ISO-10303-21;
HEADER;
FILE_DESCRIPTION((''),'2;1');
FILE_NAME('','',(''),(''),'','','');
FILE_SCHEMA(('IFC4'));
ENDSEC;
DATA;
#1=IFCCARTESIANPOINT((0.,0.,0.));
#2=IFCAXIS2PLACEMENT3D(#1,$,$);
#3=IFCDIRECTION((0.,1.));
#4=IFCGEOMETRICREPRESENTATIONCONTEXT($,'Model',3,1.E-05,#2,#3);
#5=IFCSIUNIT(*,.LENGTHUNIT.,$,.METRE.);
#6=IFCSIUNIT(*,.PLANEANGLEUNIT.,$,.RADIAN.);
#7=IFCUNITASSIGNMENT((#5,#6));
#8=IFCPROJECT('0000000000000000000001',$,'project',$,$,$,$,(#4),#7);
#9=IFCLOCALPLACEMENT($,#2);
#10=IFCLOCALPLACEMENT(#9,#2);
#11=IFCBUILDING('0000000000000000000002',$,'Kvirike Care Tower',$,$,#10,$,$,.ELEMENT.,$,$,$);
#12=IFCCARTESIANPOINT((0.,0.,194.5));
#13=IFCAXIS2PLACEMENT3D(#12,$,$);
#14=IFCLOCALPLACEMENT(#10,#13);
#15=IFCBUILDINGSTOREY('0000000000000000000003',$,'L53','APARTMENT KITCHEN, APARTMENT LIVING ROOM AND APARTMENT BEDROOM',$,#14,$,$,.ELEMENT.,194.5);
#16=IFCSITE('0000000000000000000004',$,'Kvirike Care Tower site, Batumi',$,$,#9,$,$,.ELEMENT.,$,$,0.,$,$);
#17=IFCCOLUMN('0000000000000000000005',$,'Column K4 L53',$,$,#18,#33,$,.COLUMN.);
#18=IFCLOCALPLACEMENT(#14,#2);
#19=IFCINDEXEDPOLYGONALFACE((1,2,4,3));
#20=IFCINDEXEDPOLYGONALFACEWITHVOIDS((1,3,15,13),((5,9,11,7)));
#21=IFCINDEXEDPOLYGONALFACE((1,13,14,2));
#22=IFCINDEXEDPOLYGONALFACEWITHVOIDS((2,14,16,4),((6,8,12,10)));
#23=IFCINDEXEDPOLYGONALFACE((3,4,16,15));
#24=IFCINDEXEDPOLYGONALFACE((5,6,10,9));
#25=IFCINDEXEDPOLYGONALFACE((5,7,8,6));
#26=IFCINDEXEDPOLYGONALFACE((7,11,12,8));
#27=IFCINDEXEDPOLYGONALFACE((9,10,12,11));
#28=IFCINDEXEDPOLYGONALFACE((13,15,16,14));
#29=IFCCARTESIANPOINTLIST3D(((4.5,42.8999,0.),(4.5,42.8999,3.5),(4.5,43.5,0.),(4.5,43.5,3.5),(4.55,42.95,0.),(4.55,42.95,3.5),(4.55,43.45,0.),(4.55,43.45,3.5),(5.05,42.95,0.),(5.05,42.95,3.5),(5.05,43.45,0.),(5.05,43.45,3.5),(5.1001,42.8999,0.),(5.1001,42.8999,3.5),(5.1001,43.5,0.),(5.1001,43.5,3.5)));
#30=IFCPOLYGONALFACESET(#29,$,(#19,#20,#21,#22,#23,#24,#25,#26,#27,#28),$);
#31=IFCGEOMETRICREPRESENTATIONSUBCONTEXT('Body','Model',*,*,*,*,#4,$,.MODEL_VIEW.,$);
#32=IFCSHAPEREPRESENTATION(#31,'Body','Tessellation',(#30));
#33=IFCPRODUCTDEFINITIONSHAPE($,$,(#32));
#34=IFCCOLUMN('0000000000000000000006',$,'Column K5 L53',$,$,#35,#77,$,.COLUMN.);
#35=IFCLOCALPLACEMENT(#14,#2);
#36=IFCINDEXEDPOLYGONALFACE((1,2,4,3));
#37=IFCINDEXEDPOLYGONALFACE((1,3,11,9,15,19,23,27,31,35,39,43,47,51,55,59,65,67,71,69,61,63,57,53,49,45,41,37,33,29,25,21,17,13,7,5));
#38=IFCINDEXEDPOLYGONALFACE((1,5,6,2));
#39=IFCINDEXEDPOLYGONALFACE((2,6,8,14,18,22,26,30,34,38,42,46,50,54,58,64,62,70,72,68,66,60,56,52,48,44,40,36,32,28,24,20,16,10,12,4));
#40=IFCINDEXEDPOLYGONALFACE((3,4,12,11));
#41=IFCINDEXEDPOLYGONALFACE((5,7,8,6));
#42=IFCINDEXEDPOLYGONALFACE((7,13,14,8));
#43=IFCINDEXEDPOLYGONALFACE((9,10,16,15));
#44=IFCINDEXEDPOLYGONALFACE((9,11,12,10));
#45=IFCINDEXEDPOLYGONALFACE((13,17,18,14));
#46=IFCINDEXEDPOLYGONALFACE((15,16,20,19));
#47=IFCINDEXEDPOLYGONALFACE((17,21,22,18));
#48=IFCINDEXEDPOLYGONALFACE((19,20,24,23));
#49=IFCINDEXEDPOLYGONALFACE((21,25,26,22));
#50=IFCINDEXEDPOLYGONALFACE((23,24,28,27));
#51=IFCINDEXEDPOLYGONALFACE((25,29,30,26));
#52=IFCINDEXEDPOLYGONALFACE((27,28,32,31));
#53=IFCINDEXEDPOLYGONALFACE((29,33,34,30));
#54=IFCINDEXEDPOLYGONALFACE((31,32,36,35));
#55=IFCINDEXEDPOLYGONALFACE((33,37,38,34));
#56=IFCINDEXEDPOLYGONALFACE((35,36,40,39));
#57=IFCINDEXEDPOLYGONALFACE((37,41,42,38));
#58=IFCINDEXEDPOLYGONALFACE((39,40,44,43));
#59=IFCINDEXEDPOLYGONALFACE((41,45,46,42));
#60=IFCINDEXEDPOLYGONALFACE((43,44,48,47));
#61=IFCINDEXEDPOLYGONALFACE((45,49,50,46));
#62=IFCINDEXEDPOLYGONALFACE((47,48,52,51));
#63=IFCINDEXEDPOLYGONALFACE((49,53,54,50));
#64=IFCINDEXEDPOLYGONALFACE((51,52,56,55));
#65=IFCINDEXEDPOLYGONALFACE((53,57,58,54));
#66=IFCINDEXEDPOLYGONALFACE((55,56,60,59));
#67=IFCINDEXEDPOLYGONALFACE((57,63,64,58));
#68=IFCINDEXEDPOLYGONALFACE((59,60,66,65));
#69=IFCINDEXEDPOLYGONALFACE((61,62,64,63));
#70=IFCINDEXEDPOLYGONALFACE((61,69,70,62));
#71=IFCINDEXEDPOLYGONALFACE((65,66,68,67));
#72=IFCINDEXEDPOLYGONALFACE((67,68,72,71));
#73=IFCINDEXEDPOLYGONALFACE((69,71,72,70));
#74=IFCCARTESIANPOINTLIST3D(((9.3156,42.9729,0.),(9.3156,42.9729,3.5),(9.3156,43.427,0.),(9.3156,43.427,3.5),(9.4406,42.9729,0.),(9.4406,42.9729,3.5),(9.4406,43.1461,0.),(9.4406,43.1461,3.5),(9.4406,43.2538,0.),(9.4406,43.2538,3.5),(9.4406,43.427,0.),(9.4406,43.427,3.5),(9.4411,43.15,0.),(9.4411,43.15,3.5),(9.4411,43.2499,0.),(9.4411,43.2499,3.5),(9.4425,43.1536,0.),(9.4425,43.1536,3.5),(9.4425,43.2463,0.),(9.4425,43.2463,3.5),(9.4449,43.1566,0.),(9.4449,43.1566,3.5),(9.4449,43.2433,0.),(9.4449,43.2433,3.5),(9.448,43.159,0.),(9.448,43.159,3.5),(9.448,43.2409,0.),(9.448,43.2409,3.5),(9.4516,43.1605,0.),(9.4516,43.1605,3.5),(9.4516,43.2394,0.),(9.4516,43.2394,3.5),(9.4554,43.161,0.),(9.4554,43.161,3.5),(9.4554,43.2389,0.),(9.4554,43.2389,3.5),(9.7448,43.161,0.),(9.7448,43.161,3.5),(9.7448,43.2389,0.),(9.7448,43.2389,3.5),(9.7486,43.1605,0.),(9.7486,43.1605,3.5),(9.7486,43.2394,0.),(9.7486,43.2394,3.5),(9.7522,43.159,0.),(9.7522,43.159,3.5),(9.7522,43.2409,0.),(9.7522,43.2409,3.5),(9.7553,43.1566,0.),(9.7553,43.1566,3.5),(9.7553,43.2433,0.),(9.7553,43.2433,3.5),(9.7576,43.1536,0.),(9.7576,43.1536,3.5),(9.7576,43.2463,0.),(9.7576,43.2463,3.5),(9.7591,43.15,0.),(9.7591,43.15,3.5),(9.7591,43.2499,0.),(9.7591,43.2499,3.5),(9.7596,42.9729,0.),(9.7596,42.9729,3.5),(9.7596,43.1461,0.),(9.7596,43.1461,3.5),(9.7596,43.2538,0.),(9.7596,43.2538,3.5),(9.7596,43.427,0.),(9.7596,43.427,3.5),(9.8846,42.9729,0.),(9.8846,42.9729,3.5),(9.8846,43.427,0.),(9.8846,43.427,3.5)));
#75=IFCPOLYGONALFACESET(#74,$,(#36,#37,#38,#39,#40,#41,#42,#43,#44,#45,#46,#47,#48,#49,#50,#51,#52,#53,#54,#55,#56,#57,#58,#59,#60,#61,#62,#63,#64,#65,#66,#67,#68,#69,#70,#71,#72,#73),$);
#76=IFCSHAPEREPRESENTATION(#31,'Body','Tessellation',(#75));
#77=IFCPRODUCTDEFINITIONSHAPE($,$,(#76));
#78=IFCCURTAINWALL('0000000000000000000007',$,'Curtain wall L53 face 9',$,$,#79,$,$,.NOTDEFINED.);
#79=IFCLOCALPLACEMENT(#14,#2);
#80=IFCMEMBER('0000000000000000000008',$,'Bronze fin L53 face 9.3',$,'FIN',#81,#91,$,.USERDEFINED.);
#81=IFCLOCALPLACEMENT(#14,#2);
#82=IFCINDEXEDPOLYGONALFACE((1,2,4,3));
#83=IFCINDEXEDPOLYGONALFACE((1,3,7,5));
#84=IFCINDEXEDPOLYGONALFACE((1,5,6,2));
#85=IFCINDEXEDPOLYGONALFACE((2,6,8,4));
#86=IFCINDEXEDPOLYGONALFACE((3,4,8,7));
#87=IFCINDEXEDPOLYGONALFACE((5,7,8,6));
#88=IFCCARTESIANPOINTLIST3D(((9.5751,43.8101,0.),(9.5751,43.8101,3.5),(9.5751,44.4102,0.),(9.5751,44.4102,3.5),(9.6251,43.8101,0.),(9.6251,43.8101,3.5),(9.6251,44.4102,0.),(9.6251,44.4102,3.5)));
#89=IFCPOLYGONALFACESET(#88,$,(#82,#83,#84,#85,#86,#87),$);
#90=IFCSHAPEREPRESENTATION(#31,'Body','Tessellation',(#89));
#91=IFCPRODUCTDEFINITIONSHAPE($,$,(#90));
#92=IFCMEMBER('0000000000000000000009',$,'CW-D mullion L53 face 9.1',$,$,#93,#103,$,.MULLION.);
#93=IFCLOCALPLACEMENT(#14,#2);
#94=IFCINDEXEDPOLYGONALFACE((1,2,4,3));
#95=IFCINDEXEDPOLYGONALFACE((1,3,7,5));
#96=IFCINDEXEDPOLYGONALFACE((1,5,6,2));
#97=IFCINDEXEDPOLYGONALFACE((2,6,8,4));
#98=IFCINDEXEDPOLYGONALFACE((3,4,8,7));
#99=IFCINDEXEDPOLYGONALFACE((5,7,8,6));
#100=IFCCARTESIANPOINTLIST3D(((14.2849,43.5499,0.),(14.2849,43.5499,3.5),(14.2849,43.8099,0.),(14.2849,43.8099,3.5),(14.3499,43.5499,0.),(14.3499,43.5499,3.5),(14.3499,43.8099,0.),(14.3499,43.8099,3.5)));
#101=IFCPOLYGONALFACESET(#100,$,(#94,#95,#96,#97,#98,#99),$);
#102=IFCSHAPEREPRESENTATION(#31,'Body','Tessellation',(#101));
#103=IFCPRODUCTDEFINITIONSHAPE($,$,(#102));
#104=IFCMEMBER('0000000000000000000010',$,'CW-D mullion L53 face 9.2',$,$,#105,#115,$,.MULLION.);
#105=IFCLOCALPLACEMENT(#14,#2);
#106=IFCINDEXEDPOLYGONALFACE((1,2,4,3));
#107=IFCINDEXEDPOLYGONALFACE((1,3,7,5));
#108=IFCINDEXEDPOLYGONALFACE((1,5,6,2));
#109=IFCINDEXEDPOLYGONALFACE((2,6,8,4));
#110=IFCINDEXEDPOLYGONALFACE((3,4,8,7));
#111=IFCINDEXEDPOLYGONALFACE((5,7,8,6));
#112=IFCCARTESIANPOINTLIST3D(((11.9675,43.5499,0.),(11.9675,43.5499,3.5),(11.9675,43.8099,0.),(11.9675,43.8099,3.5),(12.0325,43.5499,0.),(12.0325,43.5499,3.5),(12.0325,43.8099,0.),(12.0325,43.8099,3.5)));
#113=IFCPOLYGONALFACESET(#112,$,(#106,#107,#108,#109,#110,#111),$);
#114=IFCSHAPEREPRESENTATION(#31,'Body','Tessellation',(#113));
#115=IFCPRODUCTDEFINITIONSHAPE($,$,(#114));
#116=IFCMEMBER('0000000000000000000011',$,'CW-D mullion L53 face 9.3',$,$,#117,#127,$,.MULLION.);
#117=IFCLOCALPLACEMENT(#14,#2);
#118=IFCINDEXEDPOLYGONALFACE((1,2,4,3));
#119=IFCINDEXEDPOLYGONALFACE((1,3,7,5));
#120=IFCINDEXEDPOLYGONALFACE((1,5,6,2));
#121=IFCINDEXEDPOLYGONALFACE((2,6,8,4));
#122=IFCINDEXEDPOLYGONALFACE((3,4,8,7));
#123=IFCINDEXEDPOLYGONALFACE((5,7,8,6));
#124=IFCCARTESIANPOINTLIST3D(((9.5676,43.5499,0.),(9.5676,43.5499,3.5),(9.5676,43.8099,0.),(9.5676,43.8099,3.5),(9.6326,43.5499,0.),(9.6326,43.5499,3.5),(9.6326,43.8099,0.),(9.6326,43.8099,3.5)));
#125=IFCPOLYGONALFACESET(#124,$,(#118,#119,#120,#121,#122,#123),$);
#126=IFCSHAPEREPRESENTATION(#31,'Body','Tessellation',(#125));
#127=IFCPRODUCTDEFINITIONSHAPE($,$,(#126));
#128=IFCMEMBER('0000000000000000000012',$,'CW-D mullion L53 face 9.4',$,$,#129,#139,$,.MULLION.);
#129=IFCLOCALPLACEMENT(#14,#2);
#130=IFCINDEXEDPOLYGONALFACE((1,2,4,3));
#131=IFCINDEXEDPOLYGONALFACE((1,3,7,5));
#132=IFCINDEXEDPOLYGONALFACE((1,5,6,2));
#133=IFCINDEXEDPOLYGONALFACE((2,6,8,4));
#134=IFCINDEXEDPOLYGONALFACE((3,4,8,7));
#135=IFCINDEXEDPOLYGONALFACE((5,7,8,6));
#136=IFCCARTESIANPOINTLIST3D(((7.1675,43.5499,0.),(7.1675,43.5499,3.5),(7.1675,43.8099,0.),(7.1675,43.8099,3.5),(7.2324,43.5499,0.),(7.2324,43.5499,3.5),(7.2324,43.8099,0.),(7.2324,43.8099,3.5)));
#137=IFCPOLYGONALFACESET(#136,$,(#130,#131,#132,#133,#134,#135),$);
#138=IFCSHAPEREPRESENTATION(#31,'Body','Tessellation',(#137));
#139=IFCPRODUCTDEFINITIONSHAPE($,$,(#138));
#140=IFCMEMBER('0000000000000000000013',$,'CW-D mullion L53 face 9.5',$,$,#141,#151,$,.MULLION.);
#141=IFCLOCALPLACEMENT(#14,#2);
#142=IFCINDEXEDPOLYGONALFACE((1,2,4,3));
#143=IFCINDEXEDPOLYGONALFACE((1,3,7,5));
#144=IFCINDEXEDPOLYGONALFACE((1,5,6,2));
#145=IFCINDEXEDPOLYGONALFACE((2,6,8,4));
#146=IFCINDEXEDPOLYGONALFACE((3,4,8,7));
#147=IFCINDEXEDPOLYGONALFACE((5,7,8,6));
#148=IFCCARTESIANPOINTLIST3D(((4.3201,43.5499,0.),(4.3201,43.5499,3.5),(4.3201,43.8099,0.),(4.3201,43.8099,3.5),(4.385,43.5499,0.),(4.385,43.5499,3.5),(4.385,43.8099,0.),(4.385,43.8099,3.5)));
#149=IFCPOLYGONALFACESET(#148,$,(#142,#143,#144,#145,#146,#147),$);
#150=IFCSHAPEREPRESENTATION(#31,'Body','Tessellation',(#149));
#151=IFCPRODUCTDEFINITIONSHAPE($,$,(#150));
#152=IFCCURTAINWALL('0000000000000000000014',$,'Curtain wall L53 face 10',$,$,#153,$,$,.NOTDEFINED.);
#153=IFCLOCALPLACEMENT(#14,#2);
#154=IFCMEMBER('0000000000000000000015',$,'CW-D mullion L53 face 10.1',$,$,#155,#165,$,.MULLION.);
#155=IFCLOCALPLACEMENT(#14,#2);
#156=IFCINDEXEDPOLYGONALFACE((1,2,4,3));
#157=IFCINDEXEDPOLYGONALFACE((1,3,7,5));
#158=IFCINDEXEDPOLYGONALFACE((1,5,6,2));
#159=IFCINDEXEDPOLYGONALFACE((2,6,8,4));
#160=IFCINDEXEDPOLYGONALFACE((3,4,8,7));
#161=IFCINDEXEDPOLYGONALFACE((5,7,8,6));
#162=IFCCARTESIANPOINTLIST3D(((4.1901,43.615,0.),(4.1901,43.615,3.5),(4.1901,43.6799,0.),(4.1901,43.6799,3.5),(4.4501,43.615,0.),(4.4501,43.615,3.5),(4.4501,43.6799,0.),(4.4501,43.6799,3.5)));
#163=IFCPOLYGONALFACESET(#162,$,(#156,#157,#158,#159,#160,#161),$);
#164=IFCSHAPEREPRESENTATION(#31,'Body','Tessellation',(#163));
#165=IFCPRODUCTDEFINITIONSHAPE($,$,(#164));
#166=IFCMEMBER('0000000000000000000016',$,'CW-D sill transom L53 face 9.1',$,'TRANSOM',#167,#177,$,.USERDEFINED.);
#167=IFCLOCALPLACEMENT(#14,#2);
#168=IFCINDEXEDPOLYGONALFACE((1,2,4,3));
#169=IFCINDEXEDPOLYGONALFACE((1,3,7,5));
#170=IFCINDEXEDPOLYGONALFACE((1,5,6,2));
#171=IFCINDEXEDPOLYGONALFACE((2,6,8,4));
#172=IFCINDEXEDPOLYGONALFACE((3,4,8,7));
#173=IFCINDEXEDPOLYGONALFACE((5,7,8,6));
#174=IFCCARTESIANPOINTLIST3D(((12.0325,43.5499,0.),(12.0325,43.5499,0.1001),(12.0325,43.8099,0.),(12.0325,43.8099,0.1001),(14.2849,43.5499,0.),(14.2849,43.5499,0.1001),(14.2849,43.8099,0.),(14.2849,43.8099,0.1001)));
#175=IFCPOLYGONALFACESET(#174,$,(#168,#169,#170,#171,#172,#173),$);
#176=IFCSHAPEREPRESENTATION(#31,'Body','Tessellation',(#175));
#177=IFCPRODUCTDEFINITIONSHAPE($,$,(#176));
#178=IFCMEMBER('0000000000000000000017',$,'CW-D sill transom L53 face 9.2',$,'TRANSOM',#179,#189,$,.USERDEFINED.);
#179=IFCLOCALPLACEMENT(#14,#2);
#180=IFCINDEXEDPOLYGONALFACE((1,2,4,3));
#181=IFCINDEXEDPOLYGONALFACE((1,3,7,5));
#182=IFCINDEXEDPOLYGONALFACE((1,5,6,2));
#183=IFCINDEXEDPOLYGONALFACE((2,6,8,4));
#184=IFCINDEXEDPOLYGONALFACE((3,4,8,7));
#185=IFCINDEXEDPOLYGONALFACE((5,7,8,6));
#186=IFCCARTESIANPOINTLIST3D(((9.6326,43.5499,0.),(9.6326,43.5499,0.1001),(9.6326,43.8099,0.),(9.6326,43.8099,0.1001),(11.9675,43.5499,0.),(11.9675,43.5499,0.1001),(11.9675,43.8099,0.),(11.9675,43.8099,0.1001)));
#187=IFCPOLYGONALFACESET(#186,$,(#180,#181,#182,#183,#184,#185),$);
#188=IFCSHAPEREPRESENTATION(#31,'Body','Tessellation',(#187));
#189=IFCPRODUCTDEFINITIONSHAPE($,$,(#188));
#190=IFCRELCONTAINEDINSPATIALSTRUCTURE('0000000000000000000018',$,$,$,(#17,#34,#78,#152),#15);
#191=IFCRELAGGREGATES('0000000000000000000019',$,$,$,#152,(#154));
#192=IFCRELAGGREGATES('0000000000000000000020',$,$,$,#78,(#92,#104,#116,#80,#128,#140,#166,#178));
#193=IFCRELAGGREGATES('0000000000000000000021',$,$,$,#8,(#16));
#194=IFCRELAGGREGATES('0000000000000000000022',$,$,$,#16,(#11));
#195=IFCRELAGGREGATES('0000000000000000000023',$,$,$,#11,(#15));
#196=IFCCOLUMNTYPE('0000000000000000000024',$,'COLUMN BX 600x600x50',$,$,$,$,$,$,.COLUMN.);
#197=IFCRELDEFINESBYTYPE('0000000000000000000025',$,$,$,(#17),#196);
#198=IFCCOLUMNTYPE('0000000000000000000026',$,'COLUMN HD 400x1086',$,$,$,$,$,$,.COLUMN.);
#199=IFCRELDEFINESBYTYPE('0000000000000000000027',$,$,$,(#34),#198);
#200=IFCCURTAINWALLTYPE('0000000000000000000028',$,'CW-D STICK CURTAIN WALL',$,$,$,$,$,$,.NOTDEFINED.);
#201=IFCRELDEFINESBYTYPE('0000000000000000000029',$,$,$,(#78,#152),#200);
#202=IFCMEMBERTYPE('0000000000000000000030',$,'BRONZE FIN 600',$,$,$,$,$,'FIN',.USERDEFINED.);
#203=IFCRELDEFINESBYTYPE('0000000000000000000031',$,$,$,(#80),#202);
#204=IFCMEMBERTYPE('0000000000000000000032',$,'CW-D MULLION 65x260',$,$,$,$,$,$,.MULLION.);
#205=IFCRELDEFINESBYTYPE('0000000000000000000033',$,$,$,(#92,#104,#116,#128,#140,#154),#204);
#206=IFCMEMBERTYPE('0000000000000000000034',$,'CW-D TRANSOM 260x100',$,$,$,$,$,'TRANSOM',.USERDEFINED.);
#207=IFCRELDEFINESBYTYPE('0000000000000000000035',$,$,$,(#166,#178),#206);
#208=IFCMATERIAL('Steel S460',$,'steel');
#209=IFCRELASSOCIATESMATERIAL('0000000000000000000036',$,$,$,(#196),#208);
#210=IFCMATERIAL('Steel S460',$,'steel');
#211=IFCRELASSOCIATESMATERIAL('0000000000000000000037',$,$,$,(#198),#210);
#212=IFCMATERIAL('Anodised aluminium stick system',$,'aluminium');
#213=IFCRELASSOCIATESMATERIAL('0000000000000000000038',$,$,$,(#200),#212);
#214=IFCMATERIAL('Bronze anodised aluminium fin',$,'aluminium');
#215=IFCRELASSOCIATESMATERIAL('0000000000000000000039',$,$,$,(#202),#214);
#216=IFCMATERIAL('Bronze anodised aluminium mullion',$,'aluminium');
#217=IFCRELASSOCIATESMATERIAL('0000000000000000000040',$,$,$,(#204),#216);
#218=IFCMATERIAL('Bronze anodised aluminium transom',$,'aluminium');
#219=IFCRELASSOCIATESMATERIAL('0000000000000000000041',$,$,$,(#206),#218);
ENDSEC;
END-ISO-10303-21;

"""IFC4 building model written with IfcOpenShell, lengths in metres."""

from ifc_helpers import new_model, si_unit, direction, frame, origin, origin_2d, place, context, subcontext, project, spatial, rectangle, hollow_rectangle, i_section, extrude, material, material_profile, profile_set, type_object, element, aggregate, save


model = new_model("IFC4")

# Units and contexts
model_context = context("Model", 3, precision=1e-05, world=origin(), true_north=direction((0.0, 1.0)))
body_context = subcontext(model_context, "Body", "Model", "MODEL_VIEW")
ifc_project = project(units=[si_unit("LENGTHUNIT", "METRE"), si_unit("PLANEANGLEUNIT", "RADIAN")], contexts=[model_context])

# Site, building, storey
site_placement = place(None, origin())
site = spatial("IfcSite", under=ifc_project, at=site_placement, Name="Kvirike Care Tower site, Batumi", CompositionType="ELEMENT", RefElevation=0.0)
building_placement = place(site_placement, origin())
building = spatial("IfcBuilding", under=site, at=building_placement, Name="Kvirike Care Tower", CompositionType="ELEMENT")
storey_placement = place(building_placement, frame((0.0, 0.0, 194.5)))
storey = spatial("IfcBuildingStorey", under=building, at=storey_placement, Name="L53", Description="APARTMENT KITCHEN, APARTMENT LIVING ROOM AND APARTMENT BEDROOM", CompositionType="ELEMENT", Elevation=194.5)

# Columns
ifc_material_1 = material(Name="Steel S460", Category="steel")
ifc_material_profile_1 = material_profile(ifc_material_1, hollow_rectangle(XDim=0.6001, YDim=0.6001, WallThickness=0.05, at=origin_2d()), Name="BX 600x600x50")
ifc_profile_set_1 = profile_set([ifc_material_profile_1], Name="Steel S460")
column_type_1 = type_object("IfcColumnType", Name="COLUMN BX 600x600x50", PredefinedType="COLUMN", material=ifc_profile_set_1)
column_1_placement = place(storey_placement, frame((4.8, 43.2, 0.0), z_axis=(0.0, 0.0, 1.0), x_axis=(0.0, 1.0, 0.0)))
element("IfcColumn", 1, at=column_1_placement, inside=storey, type_object=column_type_1, Name="Column K4 L53", PredefinedType="COLUMN", context=body_context, shape_type="SweptSolid", body=[
    extrude(hollow_rectangle(XDim=0.6001, YDim=0.6001, WallThickness=0.05, at=origin_2d()), origin(), (0.0, 0.0, 1.0), 3.5),
])
ifc_material_2 = material(Name="Steel S460", Category="steel")
ifc_material_profile_2 = material_profile(ifc_material_2, i_section(OverallWidth=0.4541, OverallDepth=0.5691, WebThickness=0.0779, FlangeThickness=0.125, FilletRadius=0.0149, at=origin_2d()), Name="HD 400x1086")
ifc_profile_set_2 = profile_set([ifc_material_profile_2], Name="Steel S460")
column_type_2 = type_object("IfcColumnType", Name="COLUMN HD 400x1086", PredefinedType="COLUMN", material=ifc_profile_set_2)
column_2_placement = place(storey_placement, frame((9.6001, 43.2, 0.0), z_axis=(0.0, 0.0, 1.0), x_axis=(0.0, 1.0, 0.0)))
element("IfcColumn", 2, at=column_2_placement, inside=storey, type_object=column_type_2, Name="Column K5 L53", PredefinedType="COLUMN", context=body_context, shape_type="SweptSolid", body=[
    extrude(i_section(OverallWidth=0.4541, OverallDepth=0.5691, WebThickness=0.0779, FlangeThickness=0.125, FilletRadius=0.0149, at=origin_2d()), origin(), (0.0, 0.0, 1.0), 3.5),
])

# Curtain wall, members
ifc_material_3 = material(Name="Anodised aluminium stick system", Category="aluminium")
curtain_wall_type = type_object("IfcCurtainWallType", Name="CW-D STICK CURTAIN WALL", PredefinedType="NOTDEFINED", material=ifc_material_3)
curtain_wall_1_placement = place(storey_placement, origin())
curtain_wall_1 = element("IfcCurtainWall", 3, at=curtain_wall_1_placement, inside=storey, type_object=curtain_wall_type, Name="Curtain wall L53 face 9", PredefinedType="NOTDEFINED")
ifc_material_4 = material(Name="Bronze anodised aluminium fin", Category="aluminium")
ifc_material_profile_3 = material_profile(ifc_material_4, rectangle(XDim=0.05, YDim=0.6001, at=origin_2d()), Name="BRONZE FIN 600")
ifc_profile_set_3 = profile_set([ifc_material_profile_3], Name="Bronze anodised aluminium fin")
member_type_1 = type_object("IfcMemberType", Name="BRONZE FIN 600", ElementType="FIN", PredefinedType="USERDEFINED", material=ifc_profile_set_3)
member_1_placement = place(storey_placement, frame((9.6001, 44.1101, 0.0), z_axis=(0.0, 0.0, 1.0), x_axis=(-1.0, 0.0, 0.0)))
member_1 = element("IfcMember", 4, at=member_1_placement, type_object=member_type_1, Name="Bronze fin L53 face 9.3", ObjectType="FIN", PredefinedType="USERDEFINED", context=body_context, shape_type="SweptSolid", body=[
    extrude(rectangle(XDim=0.05, YDim=0.6001, at=origin_2d()), origin(), (0.0, 0.0, 1.0), 3.5),
])
ifc_material_5 = material(Name="Bronze anodised aluminium mullion", Category="aluminium")
ifc_material_profile_4 = material_profile(ifc_material_5, rectangle(XDim=0.0649, YDim=0.26, at=origin_2d()), Name="CW-D MULLION 65x260")
ifc_profile_set_4 = profile_set([ifc_material_profile_4], Name="Bronze anodised aluminium mullion")
member_type_2 = type_object("IfcMemberType", Name="CW-D MULLION 65x260", PredefinedType="MULLION", material=ifc_profile_set_4)
member_2_placement = place(storey_placement, frame((14.3174, 43.6799, 0.0), z_axis=(0.0, 0.0, 1.0), x_axis=(-1.0, 0.0, 0.0)))
member_2 = element("IfcMember", 5, at=member_2_placement, type_object=member_type_2, Name="CW-D mullion L53 face 9.1", PredefinedType="MULLION", context=body_context, shape_type="SweptSolid", body=[
    extrude(rectangle(XDim=0.0649, YDim=0.26, at=origin_2d()), origin(), (0.0, 0.0, 1.0), 3.5),
])
member_3_placement = place(storey_placement, frame((12.0, 43.6799, 0.0), z_axis=(0.0, 0.0, 1.0), x_axis=(-1.0, 0.0, 0.0)))
member_3 = element("IfcMember", 6, at=member_3_placement, type_object=member_type_2, Name="CW-D mullion L53 face 9.2", PredefinedType="MULLION", context=body_context, shape_type="SweptSolid", body=[
    extrude(rectangle(XDim=0.0649, YDim=0.26, at=origin_2d()), origin(), (0.0, 0.0, 1.0), 3.5),
])
member_4_placement = place(storey_placement, frame((9.6001, 43.6799, 0.0), z_axis=(0.0, 0.0, 1.0), x_axis=(-1.0, 0.0, 0.0)))
member_4 = element("IfcMember", 7, at=member_4_placement, type_object=member_type_2, Name="CW-D mullion L53 face 9.3", PredefinedType="MULLION", context=body_context, shape_type="SweptSolid", body=[
    extrude(rectangle(XDim=0.0649, YDim=0.26, at=origin_2d()), origin(), (0.0, 0.0, 1.0), 3.5),
])
member_5_placement = place(storey_placement, frame((7.2, 43.6799, 0.0), z_axis=(0.0, 0.0, 1.0), x_axis=(-1.0, 0.0, 0.0)))
member_5 = element("IfcMember", 8, at=member_5_placement, type_object=member_type_2, Name="CW-D mullion L53 face 9.4", PredefinedType="MULLION", context=body_context, shape_type="SweptSolid", body=[
    extrude(rectangle(XDim=0.0649, YDim=0.26, at=origin_2d()), origin(), (0.0, 0.0, 1.0), 3.5),
])
member_6_placement = place(storey_placement, frame((4.3525, 43.6799, 0.0), z_axis=(0.0, 0.0, 1.0), x_axis=(-1.0, 0.0, 0.0)))
member_6 = element("IfcMember", 9, at=member_6_placement, type_object=member_type_2, Name="CW-D mullion L53 face 9.5", PredefinedType="MULLION", context=body_context, shape_type="SweptSolid", body=[
    extrude(rectangle(XDim=0.0649, YDim=0.26, at=origin_2d()), origin(), (0.0, 0.0, 1.0), 3.5),
])

# Curtain wall, member
curtain_wall_2_placement = place(storey_placement, origin())
curtain_wall_2 = element("IfcCurtainWall", 10, at=curtain_wall_2_placement, inside=storey, type_object=curtain_wall_type, Name="Curtain wall L53 face 10", PredefinedType="NOTDEFINED")
member_7_placement = place(storey_placement, frame((4.3201, 43.6475, 0.0), z_axis=(0.0, 0.0, 1.0), x_axis=(0.0, -1.0, 0.0)))
member_7 = element("IfcMember", 11, at=member_7_placement, type_object=member_type_2, Name="CW-D mullion L53 face 10.1", PredefinedType="MULLION", context=body_context, shape_type="SweptSolid", body=[
    extrude(rectangle(XDim=0.0649, YDim=0.26, at=origin_2d()), origin(), (0.0, 0.0, 1.0), 3.5),
])

# Members
ifc_material_6 = material(Name="Bronze anodised aluminium transom", Category="aluminium")
ifc_material_profile_5 = material_profile(ifc_material_6, rectangle(XDim=0.26, YDim=0.1001, at=origin_2d()), Name="CW-D TRANSOM 260x100")
ifc_profile_set_5 = profile_set([ifc_material_profile_5], Name="Bronze anodised aluminium transom")
member_type_3 = type_object("IfcMemberType", Name="CW-D TRANSOM 260x100", ElementType="TRANSOM", PredefinedType="USERDEFINED", material=ifc_profile_set_5)
member_8_placement = place(storey_placement, frame((14.2849, 43.6799, 0.05), z_axis=(-1.0, 0.0, 0.0), x_axis=(0.0, -1.0, 0.0)))
member_8 = element("IfcMember", 12, at=member_8_placement, type_object=member_type_3, Name="CW-D sill transom L53 face 9.1", ObjectType="TRANSOM", PredefinedType="USERDEFINED", context=body_context, shape_type="SweptSolid", body=[
    extrude(rectangle(XDim=0.26, YDim=0.1001, at=origin_2d()), origin(), (0.0, 0.0, 1.0), 2.2524),
])
member_9_placement = place(storey_placement, frame((11.9675, 43.6799, 0.05), z_axis=(-1.0, 0.0, 0.0), x_axis=(0.0, -1.0, 0.0)))
member_9 = element("IfcMember", 13, at=member_9_placement, type_object=member_type_3, Name="CW-D sill transom L53 face 9.2", ObjectType="TRANSOM", PredefinedType="USERDEFINED", context=body_context, shape_type="SweptSolid", body=[
    extrude(rectangle(XDim=0.26, YDim=0.1001, at=origin_2d()), origin(), (0.0, 0.0, 1.0), 2.335),
])
aggregate(curtain_wall_2, [member_7])

aggregate(curtain_wall_1, [member_2, member_3, member_4, member_1, member_5, member_6, member_8, member_9])

save(model, "model.ifc")
